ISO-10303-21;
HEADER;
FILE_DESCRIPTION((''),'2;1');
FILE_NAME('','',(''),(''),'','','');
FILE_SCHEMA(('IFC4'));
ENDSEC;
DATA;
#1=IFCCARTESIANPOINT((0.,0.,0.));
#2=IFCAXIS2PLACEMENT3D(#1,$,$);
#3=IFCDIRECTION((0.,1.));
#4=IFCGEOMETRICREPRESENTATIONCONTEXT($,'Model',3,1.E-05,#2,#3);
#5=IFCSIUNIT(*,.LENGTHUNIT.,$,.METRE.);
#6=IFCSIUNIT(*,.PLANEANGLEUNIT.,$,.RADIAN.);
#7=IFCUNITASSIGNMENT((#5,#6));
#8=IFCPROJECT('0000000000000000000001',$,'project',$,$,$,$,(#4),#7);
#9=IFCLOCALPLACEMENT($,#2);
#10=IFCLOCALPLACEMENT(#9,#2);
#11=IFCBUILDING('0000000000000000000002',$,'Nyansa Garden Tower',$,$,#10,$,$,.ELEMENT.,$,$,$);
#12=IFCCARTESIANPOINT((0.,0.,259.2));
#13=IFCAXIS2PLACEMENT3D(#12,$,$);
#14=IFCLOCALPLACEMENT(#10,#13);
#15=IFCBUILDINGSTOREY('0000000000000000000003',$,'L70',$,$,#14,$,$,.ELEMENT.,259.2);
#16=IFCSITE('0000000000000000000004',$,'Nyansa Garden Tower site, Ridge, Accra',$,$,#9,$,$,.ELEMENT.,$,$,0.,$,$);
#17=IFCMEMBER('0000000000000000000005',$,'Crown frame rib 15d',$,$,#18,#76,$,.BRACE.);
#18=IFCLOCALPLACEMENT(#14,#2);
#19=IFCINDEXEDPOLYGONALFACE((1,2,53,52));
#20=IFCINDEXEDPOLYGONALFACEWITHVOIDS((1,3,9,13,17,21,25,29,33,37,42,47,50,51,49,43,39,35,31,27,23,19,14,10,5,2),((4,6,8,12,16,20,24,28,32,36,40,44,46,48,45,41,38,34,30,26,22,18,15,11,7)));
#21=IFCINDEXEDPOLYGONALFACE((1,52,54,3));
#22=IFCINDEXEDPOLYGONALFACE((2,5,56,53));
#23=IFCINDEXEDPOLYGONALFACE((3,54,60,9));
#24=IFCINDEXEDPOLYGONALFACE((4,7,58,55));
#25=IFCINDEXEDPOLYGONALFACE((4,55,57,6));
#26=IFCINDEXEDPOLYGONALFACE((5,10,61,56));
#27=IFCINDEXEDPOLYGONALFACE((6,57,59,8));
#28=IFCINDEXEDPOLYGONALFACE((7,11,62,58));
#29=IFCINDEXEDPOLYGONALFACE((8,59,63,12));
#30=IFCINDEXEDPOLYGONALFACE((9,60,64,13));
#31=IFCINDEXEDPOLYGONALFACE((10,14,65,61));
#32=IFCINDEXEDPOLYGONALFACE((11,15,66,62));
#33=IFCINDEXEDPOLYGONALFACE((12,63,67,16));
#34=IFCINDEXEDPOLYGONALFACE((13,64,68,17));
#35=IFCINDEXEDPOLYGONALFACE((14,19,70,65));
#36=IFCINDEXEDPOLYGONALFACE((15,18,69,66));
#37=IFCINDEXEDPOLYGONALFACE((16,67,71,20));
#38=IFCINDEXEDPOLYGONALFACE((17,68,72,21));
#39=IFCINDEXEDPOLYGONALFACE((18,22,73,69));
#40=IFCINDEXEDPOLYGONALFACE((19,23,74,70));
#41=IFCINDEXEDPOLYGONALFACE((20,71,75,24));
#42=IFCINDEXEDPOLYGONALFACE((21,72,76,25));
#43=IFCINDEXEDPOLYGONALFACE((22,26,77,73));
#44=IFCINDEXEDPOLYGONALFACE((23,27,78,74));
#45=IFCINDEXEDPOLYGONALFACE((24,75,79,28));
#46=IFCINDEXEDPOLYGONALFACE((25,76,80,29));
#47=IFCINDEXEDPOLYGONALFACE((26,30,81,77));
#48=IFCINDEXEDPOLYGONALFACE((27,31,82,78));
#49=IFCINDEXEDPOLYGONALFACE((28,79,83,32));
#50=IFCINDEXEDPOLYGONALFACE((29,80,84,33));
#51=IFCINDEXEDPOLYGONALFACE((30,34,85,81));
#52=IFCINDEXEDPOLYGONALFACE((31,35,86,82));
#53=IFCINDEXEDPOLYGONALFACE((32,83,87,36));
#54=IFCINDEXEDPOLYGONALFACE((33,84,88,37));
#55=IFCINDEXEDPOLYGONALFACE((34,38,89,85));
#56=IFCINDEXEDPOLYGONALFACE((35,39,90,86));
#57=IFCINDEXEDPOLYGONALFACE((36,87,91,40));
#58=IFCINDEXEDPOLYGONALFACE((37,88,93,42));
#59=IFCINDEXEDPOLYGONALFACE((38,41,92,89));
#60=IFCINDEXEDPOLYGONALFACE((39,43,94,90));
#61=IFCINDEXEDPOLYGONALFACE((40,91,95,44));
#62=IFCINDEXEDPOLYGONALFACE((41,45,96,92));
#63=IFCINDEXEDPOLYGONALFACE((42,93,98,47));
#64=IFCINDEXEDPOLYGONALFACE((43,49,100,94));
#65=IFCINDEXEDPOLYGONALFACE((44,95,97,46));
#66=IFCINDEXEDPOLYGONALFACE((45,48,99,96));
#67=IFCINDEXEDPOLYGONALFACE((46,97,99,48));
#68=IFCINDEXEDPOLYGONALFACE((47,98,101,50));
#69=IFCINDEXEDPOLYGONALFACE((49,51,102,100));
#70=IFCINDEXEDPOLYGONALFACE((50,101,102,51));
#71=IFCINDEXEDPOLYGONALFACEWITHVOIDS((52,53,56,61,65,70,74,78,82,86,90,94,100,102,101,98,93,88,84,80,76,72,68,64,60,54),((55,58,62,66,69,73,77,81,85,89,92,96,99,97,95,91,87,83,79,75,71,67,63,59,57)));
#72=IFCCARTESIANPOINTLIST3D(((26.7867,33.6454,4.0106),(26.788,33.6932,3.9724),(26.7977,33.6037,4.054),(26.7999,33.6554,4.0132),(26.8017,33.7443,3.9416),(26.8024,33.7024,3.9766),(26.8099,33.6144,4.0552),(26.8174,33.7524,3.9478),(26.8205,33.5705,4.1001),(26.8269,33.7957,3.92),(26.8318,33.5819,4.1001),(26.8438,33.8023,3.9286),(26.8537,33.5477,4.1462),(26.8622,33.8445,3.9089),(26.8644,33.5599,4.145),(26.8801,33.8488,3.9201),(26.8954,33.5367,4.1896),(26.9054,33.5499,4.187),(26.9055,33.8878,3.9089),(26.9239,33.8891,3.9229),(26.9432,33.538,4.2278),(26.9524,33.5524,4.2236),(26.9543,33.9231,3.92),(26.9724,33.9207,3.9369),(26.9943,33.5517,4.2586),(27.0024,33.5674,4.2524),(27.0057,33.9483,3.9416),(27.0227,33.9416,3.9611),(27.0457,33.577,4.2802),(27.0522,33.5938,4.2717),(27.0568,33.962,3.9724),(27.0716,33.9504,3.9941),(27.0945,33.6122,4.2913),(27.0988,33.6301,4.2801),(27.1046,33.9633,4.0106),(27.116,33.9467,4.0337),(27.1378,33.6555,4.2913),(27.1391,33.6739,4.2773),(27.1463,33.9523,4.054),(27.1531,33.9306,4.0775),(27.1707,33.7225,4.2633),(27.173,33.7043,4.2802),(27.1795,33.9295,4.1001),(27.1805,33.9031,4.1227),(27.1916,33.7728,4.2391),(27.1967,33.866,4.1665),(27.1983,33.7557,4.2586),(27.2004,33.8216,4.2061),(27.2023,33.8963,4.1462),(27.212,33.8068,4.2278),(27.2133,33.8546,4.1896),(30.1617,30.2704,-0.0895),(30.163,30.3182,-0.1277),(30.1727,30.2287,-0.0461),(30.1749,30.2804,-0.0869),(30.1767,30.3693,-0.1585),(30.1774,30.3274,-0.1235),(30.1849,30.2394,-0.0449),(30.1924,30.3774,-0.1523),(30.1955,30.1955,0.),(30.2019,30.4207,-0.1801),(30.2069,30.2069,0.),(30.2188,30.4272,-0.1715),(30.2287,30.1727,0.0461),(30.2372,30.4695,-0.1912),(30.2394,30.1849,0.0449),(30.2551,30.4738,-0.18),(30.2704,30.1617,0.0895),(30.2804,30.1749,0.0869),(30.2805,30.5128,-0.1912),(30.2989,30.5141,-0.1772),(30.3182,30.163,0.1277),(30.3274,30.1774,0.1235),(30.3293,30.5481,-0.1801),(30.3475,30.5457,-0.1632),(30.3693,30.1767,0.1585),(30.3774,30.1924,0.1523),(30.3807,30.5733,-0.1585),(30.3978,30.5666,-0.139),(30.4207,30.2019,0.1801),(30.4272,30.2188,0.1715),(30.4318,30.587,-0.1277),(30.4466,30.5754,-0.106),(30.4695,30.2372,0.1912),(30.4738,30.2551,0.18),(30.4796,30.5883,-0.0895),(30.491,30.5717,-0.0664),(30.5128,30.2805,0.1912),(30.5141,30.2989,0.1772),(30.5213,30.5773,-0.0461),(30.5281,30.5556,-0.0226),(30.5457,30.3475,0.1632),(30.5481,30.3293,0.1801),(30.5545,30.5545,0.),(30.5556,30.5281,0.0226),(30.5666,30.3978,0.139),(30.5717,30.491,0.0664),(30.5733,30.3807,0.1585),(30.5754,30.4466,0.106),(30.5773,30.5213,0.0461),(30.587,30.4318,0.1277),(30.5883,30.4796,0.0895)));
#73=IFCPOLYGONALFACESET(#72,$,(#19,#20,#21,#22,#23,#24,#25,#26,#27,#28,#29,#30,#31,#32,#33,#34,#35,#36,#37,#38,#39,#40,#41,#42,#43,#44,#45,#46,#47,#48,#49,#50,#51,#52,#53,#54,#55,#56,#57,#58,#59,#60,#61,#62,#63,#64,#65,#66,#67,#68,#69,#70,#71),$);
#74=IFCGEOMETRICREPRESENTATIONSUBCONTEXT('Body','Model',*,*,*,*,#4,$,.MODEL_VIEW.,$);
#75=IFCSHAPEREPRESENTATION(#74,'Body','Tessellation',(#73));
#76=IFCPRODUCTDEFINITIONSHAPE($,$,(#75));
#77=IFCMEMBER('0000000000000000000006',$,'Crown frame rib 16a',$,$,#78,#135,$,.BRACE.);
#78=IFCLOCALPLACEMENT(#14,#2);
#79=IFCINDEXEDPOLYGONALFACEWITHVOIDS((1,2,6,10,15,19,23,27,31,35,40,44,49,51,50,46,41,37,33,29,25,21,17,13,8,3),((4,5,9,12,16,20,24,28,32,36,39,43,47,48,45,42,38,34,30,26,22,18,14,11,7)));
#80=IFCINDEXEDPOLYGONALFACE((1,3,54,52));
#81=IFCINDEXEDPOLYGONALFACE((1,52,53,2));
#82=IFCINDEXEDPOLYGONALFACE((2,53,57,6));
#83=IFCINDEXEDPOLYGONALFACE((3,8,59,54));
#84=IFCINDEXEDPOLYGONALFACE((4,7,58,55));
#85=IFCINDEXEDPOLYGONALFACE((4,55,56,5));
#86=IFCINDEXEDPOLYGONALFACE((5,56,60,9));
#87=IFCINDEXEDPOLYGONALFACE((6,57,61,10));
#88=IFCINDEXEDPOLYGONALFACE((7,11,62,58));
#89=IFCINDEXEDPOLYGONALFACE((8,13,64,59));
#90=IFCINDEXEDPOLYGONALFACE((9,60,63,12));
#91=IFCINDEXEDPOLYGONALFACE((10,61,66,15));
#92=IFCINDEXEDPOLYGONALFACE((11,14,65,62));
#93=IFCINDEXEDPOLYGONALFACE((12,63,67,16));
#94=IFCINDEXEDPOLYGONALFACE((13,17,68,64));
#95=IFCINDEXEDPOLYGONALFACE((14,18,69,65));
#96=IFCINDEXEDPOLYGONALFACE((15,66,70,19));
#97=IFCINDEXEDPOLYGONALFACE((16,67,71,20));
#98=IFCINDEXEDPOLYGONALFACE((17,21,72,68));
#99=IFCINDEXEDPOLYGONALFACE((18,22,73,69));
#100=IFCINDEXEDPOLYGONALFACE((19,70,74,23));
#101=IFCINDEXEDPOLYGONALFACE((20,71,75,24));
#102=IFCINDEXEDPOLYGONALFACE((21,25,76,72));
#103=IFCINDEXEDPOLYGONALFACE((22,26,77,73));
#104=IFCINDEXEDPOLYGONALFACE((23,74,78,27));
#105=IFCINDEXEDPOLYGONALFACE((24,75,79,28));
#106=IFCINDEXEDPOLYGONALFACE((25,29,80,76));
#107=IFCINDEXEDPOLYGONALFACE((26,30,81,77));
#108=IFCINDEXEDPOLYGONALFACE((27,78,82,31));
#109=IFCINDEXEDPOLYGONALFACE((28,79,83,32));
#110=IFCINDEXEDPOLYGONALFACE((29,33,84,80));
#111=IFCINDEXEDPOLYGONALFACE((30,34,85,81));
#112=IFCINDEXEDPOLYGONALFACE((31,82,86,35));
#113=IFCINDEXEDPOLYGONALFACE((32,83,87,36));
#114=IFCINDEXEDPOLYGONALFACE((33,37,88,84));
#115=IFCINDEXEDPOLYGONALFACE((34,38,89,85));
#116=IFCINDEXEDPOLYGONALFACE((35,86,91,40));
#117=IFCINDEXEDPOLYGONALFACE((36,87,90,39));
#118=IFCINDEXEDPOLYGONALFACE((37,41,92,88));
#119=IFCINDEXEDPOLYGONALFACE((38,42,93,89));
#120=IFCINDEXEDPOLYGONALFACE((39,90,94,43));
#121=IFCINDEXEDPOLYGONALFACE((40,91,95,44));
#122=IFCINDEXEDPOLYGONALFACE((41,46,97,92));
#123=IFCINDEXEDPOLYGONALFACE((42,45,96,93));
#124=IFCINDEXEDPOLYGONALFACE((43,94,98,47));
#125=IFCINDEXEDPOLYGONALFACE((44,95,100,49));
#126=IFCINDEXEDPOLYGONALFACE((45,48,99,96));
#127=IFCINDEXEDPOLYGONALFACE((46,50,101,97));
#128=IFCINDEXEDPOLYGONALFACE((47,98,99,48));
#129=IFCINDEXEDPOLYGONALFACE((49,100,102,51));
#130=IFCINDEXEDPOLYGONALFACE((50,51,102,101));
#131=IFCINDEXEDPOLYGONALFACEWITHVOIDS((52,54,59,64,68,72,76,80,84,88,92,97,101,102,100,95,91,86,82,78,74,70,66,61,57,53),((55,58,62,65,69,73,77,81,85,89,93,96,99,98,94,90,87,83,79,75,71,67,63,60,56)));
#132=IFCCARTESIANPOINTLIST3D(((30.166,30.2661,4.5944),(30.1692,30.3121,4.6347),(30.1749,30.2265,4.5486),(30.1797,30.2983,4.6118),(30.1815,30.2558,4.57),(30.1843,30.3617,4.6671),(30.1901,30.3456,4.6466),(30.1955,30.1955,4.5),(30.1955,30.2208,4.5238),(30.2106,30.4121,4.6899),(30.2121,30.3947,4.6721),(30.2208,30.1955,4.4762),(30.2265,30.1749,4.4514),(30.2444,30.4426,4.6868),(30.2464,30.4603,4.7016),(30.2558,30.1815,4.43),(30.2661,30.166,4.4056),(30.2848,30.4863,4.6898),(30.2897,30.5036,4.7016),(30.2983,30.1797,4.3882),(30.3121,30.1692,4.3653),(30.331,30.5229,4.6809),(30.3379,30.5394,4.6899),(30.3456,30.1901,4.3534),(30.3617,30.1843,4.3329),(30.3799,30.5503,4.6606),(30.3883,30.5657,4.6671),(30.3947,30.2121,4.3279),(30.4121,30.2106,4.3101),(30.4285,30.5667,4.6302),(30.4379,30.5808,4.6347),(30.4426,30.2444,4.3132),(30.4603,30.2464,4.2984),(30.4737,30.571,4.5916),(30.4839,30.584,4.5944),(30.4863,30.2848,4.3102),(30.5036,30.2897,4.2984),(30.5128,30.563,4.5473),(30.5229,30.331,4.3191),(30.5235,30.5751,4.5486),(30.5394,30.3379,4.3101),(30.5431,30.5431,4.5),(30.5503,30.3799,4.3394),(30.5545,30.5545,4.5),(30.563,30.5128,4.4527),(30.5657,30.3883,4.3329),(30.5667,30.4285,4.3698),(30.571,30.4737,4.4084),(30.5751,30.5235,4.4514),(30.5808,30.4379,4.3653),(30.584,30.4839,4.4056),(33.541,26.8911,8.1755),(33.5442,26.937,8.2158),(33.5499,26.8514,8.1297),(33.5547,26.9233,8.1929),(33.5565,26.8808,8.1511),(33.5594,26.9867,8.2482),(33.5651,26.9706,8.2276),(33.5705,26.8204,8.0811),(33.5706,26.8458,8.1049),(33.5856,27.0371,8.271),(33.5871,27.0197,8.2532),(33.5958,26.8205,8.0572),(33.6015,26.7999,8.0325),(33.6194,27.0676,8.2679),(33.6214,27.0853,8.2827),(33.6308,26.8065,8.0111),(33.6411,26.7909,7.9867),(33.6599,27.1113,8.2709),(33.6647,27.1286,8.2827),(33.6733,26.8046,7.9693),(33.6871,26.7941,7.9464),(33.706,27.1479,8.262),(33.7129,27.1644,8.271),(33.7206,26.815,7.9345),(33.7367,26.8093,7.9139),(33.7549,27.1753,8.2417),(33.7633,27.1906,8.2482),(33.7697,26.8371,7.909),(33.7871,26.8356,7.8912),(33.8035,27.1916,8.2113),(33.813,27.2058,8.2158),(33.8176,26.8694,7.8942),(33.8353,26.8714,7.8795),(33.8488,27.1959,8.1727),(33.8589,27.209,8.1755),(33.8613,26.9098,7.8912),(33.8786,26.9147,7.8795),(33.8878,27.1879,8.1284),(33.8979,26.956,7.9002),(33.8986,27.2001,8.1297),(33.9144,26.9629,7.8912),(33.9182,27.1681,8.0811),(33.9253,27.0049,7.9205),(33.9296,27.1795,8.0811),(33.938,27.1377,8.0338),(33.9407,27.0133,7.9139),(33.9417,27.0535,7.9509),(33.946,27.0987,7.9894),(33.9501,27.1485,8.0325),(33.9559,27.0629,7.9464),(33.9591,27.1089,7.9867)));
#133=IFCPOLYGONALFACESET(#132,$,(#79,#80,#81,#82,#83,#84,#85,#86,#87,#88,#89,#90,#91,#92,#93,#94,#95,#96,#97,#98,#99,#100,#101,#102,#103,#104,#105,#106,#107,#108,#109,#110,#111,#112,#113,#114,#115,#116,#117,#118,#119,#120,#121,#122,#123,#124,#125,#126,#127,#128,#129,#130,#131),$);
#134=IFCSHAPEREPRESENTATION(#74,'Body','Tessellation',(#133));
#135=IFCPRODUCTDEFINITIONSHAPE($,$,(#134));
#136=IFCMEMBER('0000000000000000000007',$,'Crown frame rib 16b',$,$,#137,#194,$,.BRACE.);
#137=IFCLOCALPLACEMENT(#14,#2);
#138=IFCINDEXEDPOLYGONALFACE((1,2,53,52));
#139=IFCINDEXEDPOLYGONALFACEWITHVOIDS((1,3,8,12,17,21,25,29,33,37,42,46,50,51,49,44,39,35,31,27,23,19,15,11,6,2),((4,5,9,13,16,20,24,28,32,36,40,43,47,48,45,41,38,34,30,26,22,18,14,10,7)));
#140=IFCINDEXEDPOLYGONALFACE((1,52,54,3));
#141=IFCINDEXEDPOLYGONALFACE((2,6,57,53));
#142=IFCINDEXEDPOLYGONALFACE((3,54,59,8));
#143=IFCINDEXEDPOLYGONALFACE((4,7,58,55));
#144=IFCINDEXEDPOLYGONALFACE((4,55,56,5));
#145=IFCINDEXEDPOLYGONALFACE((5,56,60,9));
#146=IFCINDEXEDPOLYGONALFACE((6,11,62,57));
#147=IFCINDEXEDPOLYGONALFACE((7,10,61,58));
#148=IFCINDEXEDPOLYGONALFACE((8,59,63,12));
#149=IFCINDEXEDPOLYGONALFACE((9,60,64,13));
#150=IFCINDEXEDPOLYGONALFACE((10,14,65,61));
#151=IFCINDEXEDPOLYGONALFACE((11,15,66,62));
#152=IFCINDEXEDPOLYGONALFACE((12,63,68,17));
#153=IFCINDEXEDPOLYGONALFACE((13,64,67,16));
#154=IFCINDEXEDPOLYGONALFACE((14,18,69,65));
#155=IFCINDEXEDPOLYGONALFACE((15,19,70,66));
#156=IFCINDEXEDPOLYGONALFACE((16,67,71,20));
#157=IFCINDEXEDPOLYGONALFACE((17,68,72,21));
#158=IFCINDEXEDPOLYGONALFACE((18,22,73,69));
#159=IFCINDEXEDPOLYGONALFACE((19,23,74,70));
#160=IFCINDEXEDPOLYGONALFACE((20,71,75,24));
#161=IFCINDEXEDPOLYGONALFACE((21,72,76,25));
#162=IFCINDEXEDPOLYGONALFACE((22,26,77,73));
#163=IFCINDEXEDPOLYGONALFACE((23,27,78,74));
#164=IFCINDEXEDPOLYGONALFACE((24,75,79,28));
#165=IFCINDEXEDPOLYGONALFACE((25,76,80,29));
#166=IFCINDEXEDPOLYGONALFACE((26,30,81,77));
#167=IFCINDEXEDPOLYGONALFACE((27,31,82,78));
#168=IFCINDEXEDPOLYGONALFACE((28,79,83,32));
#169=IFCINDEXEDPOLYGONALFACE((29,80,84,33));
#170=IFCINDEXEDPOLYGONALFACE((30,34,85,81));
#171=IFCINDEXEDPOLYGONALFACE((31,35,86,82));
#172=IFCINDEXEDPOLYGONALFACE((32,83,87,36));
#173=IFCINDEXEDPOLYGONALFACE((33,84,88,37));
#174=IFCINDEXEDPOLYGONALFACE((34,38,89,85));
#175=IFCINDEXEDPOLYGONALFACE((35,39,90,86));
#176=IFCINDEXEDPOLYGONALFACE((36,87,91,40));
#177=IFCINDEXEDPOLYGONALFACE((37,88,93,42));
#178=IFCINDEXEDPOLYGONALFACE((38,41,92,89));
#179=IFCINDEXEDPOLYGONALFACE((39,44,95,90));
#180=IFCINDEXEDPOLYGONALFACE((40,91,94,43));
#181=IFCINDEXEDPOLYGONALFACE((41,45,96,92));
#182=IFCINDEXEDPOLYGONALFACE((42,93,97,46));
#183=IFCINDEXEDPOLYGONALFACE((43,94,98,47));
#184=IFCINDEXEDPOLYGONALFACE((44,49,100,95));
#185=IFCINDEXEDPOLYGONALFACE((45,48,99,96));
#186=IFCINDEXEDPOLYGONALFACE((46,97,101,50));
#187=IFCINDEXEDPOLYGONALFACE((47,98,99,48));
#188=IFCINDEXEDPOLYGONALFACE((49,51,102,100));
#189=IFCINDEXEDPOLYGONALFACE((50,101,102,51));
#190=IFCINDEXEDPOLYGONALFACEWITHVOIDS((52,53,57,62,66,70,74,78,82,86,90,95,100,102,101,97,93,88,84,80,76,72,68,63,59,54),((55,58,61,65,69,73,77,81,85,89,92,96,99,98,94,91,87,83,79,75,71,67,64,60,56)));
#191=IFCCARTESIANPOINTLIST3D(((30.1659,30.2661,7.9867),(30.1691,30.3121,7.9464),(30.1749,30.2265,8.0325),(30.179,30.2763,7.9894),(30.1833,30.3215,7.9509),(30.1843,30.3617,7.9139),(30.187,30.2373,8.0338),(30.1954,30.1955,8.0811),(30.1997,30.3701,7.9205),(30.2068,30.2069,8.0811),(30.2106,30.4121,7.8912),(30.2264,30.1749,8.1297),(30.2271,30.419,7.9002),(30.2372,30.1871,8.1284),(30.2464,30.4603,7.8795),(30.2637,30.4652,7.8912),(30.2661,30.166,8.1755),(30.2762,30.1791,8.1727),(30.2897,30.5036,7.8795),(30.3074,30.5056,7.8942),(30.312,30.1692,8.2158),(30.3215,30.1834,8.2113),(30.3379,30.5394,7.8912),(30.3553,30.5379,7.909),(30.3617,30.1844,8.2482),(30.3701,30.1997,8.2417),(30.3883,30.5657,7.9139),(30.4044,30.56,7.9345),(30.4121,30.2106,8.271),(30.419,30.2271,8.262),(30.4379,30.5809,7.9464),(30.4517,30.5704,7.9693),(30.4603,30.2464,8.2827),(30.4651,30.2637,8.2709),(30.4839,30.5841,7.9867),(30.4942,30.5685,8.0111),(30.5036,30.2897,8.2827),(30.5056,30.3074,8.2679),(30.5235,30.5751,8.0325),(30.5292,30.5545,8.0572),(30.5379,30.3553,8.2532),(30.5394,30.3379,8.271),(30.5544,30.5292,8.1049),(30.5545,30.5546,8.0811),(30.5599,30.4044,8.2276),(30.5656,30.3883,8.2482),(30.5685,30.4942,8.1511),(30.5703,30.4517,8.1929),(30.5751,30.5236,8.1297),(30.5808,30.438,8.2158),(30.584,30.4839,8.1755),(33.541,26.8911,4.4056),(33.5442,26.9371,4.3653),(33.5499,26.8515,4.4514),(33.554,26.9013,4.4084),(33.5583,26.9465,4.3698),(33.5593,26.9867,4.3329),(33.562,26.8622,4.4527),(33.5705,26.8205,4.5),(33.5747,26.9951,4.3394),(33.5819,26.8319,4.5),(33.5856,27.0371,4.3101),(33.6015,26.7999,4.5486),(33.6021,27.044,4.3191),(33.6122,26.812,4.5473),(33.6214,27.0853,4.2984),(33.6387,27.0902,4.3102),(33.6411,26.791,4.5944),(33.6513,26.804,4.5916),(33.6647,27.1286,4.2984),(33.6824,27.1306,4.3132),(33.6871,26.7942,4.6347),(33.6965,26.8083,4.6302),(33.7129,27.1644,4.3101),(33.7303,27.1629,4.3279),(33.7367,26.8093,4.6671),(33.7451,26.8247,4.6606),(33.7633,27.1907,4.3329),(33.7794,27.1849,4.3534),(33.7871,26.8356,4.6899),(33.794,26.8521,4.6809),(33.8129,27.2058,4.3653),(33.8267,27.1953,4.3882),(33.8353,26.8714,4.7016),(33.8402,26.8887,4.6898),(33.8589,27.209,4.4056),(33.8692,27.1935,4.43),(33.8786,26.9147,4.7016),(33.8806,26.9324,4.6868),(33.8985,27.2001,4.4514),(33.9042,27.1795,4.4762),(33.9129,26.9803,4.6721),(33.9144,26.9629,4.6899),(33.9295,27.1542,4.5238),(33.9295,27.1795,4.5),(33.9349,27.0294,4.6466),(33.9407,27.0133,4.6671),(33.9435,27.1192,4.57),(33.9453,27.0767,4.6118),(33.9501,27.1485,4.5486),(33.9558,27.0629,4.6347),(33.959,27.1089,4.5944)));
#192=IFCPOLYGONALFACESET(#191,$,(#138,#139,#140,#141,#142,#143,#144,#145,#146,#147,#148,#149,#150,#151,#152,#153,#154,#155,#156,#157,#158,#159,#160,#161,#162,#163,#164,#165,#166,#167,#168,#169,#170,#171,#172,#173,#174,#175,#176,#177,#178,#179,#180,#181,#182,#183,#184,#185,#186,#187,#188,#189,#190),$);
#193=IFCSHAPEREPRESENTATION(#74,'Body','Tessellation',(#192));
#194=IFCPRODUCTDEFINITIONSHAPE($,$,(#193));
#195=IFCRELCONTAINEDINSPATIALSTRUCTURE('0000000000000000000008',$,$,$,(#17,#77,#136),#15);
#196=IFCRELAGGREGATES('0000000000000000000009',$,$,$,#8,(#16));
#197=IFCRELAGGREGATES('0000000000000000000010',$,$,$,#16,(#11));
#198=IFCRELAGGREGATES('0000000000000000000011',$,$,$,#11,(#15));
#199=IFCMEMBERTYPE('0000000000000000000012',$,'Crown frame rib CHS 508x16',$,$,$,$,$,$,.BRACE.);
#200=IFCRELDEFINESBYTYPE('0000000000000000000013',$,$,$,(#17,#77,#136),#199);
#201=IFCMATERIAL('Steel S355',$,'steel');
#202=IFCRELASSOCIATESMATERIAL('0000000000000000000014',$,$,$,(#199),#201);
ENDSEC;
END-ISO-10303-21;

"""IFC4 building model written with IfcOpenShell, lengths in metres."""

from ifc_helpers import new_model, si_unit, direction, frame, origin, origin_2d, place, context, subcontext, project, spatial, hollow_circle, extrude, material, material_profile, profile_set, type_object, element, save


model = new_model("IFC4")

# Units and contexts
model_context = context("Model", 3, precision=1e-05, world=origin(), true_north=direction((0.0, 1.0)))
body_context = subcontext(model_context, "Body", "Model", "MODEL_VIEW")
ifc_project = project(units=[si_unit("LENGTHUNIT", "METRE"), si_unit("PLANEANGLEUNIT", "RADIAN")], contexts=[model_context])

# Site, building, storey
site_placement = place(None, origin())
site = spatial("IfcSite", under=ifc_project, at=site_placement, Name="Nyansa Garden Tower site, Ridge, Accra", CompositionType="ELEMENT", RefElevation=0.0)
building_placement = place(site_placement, origin())
building = spatial("IfcBuilding", under=site, at=building_placement, Name="Nyansa Garden Tower", CompositionType="ELEMENT")
storey_placement = place(building_placement, frame((0.0, 0.0, 259.2)))
storey = spatial("IfcBuildingStorey", under=building, at=storey_placement, Name="L70", CompositionType="ELEMENT", Elevation=259.2)

# Members
ifc_material_1 = material(Name="Steel S355", Category="steel")
ifc_material_profile_1 = material_profile(ifc_material_1, hollow_circle(Radius=0.2539, WallThickness=0.0161, at=origin_2d()), Name="CHS 508x16")
ifc_profile_set_1 = profile_set([ifc_material_profile_1], Name="Steel S355")
member_type = type_object("IfcMemberType", Name="Crown frame rib CHS 508x16", PredefinedType="BRACE", material=ifc_profile_set_1)
for number, where, z_axis, x_axis, name in (
    (1, (30.375, 30.375, 0.0), (-0.536377, 0.536377, 0.651614), (-0.707107, -0.707107, 0.0), "Crown frame rib 15d"),
):
    element("IfcMember", number, at=place(storey_placement, frame(where, z_axis=z_axis, x_axis=x_axis)), inside=storey, type_object=member_type, Name=name, PredefinedType="BRACE", context=body_context, shape_type="SweptSolid", body=[
        extrude(hollow_circle(Radius=0.2539, WallThickness=0.0161, at=origin_2d()), origin(), (0.0, 0.0, 1.0), 6.2922),
    ])
for number, where, z_axis, x_axis, name in (
    (2, (30.375, 30.375, 4.5), (0.56561, -0.56561, 0.600142), (0.707107, 0.707107, 0.0), "Crown frame rib 16a"),
    (3, (33.75, 27.0, 4.5), (-0.56561, 0.56561, 0.600142), (-0.707107, -0.707107, 0.0), "Crown frame rib 16b"),
):
    element("IfcMember", number, at=place(storey_placement, frame(where, z_axis=z_axis, x_axis=x_axis)), inside=storey, type_object=member_type, Name=name, PredefinedType="BRACE", context=body_context, shape_type="SweptSolid", body=[
        extrude(hollow_circle(Radius=0.2539, WallThickness=0.0161, at=origin_2d()), origin(), (0.0, 0.0, 1.0), 5.967),
    ])

save(model, "model.ifc")
